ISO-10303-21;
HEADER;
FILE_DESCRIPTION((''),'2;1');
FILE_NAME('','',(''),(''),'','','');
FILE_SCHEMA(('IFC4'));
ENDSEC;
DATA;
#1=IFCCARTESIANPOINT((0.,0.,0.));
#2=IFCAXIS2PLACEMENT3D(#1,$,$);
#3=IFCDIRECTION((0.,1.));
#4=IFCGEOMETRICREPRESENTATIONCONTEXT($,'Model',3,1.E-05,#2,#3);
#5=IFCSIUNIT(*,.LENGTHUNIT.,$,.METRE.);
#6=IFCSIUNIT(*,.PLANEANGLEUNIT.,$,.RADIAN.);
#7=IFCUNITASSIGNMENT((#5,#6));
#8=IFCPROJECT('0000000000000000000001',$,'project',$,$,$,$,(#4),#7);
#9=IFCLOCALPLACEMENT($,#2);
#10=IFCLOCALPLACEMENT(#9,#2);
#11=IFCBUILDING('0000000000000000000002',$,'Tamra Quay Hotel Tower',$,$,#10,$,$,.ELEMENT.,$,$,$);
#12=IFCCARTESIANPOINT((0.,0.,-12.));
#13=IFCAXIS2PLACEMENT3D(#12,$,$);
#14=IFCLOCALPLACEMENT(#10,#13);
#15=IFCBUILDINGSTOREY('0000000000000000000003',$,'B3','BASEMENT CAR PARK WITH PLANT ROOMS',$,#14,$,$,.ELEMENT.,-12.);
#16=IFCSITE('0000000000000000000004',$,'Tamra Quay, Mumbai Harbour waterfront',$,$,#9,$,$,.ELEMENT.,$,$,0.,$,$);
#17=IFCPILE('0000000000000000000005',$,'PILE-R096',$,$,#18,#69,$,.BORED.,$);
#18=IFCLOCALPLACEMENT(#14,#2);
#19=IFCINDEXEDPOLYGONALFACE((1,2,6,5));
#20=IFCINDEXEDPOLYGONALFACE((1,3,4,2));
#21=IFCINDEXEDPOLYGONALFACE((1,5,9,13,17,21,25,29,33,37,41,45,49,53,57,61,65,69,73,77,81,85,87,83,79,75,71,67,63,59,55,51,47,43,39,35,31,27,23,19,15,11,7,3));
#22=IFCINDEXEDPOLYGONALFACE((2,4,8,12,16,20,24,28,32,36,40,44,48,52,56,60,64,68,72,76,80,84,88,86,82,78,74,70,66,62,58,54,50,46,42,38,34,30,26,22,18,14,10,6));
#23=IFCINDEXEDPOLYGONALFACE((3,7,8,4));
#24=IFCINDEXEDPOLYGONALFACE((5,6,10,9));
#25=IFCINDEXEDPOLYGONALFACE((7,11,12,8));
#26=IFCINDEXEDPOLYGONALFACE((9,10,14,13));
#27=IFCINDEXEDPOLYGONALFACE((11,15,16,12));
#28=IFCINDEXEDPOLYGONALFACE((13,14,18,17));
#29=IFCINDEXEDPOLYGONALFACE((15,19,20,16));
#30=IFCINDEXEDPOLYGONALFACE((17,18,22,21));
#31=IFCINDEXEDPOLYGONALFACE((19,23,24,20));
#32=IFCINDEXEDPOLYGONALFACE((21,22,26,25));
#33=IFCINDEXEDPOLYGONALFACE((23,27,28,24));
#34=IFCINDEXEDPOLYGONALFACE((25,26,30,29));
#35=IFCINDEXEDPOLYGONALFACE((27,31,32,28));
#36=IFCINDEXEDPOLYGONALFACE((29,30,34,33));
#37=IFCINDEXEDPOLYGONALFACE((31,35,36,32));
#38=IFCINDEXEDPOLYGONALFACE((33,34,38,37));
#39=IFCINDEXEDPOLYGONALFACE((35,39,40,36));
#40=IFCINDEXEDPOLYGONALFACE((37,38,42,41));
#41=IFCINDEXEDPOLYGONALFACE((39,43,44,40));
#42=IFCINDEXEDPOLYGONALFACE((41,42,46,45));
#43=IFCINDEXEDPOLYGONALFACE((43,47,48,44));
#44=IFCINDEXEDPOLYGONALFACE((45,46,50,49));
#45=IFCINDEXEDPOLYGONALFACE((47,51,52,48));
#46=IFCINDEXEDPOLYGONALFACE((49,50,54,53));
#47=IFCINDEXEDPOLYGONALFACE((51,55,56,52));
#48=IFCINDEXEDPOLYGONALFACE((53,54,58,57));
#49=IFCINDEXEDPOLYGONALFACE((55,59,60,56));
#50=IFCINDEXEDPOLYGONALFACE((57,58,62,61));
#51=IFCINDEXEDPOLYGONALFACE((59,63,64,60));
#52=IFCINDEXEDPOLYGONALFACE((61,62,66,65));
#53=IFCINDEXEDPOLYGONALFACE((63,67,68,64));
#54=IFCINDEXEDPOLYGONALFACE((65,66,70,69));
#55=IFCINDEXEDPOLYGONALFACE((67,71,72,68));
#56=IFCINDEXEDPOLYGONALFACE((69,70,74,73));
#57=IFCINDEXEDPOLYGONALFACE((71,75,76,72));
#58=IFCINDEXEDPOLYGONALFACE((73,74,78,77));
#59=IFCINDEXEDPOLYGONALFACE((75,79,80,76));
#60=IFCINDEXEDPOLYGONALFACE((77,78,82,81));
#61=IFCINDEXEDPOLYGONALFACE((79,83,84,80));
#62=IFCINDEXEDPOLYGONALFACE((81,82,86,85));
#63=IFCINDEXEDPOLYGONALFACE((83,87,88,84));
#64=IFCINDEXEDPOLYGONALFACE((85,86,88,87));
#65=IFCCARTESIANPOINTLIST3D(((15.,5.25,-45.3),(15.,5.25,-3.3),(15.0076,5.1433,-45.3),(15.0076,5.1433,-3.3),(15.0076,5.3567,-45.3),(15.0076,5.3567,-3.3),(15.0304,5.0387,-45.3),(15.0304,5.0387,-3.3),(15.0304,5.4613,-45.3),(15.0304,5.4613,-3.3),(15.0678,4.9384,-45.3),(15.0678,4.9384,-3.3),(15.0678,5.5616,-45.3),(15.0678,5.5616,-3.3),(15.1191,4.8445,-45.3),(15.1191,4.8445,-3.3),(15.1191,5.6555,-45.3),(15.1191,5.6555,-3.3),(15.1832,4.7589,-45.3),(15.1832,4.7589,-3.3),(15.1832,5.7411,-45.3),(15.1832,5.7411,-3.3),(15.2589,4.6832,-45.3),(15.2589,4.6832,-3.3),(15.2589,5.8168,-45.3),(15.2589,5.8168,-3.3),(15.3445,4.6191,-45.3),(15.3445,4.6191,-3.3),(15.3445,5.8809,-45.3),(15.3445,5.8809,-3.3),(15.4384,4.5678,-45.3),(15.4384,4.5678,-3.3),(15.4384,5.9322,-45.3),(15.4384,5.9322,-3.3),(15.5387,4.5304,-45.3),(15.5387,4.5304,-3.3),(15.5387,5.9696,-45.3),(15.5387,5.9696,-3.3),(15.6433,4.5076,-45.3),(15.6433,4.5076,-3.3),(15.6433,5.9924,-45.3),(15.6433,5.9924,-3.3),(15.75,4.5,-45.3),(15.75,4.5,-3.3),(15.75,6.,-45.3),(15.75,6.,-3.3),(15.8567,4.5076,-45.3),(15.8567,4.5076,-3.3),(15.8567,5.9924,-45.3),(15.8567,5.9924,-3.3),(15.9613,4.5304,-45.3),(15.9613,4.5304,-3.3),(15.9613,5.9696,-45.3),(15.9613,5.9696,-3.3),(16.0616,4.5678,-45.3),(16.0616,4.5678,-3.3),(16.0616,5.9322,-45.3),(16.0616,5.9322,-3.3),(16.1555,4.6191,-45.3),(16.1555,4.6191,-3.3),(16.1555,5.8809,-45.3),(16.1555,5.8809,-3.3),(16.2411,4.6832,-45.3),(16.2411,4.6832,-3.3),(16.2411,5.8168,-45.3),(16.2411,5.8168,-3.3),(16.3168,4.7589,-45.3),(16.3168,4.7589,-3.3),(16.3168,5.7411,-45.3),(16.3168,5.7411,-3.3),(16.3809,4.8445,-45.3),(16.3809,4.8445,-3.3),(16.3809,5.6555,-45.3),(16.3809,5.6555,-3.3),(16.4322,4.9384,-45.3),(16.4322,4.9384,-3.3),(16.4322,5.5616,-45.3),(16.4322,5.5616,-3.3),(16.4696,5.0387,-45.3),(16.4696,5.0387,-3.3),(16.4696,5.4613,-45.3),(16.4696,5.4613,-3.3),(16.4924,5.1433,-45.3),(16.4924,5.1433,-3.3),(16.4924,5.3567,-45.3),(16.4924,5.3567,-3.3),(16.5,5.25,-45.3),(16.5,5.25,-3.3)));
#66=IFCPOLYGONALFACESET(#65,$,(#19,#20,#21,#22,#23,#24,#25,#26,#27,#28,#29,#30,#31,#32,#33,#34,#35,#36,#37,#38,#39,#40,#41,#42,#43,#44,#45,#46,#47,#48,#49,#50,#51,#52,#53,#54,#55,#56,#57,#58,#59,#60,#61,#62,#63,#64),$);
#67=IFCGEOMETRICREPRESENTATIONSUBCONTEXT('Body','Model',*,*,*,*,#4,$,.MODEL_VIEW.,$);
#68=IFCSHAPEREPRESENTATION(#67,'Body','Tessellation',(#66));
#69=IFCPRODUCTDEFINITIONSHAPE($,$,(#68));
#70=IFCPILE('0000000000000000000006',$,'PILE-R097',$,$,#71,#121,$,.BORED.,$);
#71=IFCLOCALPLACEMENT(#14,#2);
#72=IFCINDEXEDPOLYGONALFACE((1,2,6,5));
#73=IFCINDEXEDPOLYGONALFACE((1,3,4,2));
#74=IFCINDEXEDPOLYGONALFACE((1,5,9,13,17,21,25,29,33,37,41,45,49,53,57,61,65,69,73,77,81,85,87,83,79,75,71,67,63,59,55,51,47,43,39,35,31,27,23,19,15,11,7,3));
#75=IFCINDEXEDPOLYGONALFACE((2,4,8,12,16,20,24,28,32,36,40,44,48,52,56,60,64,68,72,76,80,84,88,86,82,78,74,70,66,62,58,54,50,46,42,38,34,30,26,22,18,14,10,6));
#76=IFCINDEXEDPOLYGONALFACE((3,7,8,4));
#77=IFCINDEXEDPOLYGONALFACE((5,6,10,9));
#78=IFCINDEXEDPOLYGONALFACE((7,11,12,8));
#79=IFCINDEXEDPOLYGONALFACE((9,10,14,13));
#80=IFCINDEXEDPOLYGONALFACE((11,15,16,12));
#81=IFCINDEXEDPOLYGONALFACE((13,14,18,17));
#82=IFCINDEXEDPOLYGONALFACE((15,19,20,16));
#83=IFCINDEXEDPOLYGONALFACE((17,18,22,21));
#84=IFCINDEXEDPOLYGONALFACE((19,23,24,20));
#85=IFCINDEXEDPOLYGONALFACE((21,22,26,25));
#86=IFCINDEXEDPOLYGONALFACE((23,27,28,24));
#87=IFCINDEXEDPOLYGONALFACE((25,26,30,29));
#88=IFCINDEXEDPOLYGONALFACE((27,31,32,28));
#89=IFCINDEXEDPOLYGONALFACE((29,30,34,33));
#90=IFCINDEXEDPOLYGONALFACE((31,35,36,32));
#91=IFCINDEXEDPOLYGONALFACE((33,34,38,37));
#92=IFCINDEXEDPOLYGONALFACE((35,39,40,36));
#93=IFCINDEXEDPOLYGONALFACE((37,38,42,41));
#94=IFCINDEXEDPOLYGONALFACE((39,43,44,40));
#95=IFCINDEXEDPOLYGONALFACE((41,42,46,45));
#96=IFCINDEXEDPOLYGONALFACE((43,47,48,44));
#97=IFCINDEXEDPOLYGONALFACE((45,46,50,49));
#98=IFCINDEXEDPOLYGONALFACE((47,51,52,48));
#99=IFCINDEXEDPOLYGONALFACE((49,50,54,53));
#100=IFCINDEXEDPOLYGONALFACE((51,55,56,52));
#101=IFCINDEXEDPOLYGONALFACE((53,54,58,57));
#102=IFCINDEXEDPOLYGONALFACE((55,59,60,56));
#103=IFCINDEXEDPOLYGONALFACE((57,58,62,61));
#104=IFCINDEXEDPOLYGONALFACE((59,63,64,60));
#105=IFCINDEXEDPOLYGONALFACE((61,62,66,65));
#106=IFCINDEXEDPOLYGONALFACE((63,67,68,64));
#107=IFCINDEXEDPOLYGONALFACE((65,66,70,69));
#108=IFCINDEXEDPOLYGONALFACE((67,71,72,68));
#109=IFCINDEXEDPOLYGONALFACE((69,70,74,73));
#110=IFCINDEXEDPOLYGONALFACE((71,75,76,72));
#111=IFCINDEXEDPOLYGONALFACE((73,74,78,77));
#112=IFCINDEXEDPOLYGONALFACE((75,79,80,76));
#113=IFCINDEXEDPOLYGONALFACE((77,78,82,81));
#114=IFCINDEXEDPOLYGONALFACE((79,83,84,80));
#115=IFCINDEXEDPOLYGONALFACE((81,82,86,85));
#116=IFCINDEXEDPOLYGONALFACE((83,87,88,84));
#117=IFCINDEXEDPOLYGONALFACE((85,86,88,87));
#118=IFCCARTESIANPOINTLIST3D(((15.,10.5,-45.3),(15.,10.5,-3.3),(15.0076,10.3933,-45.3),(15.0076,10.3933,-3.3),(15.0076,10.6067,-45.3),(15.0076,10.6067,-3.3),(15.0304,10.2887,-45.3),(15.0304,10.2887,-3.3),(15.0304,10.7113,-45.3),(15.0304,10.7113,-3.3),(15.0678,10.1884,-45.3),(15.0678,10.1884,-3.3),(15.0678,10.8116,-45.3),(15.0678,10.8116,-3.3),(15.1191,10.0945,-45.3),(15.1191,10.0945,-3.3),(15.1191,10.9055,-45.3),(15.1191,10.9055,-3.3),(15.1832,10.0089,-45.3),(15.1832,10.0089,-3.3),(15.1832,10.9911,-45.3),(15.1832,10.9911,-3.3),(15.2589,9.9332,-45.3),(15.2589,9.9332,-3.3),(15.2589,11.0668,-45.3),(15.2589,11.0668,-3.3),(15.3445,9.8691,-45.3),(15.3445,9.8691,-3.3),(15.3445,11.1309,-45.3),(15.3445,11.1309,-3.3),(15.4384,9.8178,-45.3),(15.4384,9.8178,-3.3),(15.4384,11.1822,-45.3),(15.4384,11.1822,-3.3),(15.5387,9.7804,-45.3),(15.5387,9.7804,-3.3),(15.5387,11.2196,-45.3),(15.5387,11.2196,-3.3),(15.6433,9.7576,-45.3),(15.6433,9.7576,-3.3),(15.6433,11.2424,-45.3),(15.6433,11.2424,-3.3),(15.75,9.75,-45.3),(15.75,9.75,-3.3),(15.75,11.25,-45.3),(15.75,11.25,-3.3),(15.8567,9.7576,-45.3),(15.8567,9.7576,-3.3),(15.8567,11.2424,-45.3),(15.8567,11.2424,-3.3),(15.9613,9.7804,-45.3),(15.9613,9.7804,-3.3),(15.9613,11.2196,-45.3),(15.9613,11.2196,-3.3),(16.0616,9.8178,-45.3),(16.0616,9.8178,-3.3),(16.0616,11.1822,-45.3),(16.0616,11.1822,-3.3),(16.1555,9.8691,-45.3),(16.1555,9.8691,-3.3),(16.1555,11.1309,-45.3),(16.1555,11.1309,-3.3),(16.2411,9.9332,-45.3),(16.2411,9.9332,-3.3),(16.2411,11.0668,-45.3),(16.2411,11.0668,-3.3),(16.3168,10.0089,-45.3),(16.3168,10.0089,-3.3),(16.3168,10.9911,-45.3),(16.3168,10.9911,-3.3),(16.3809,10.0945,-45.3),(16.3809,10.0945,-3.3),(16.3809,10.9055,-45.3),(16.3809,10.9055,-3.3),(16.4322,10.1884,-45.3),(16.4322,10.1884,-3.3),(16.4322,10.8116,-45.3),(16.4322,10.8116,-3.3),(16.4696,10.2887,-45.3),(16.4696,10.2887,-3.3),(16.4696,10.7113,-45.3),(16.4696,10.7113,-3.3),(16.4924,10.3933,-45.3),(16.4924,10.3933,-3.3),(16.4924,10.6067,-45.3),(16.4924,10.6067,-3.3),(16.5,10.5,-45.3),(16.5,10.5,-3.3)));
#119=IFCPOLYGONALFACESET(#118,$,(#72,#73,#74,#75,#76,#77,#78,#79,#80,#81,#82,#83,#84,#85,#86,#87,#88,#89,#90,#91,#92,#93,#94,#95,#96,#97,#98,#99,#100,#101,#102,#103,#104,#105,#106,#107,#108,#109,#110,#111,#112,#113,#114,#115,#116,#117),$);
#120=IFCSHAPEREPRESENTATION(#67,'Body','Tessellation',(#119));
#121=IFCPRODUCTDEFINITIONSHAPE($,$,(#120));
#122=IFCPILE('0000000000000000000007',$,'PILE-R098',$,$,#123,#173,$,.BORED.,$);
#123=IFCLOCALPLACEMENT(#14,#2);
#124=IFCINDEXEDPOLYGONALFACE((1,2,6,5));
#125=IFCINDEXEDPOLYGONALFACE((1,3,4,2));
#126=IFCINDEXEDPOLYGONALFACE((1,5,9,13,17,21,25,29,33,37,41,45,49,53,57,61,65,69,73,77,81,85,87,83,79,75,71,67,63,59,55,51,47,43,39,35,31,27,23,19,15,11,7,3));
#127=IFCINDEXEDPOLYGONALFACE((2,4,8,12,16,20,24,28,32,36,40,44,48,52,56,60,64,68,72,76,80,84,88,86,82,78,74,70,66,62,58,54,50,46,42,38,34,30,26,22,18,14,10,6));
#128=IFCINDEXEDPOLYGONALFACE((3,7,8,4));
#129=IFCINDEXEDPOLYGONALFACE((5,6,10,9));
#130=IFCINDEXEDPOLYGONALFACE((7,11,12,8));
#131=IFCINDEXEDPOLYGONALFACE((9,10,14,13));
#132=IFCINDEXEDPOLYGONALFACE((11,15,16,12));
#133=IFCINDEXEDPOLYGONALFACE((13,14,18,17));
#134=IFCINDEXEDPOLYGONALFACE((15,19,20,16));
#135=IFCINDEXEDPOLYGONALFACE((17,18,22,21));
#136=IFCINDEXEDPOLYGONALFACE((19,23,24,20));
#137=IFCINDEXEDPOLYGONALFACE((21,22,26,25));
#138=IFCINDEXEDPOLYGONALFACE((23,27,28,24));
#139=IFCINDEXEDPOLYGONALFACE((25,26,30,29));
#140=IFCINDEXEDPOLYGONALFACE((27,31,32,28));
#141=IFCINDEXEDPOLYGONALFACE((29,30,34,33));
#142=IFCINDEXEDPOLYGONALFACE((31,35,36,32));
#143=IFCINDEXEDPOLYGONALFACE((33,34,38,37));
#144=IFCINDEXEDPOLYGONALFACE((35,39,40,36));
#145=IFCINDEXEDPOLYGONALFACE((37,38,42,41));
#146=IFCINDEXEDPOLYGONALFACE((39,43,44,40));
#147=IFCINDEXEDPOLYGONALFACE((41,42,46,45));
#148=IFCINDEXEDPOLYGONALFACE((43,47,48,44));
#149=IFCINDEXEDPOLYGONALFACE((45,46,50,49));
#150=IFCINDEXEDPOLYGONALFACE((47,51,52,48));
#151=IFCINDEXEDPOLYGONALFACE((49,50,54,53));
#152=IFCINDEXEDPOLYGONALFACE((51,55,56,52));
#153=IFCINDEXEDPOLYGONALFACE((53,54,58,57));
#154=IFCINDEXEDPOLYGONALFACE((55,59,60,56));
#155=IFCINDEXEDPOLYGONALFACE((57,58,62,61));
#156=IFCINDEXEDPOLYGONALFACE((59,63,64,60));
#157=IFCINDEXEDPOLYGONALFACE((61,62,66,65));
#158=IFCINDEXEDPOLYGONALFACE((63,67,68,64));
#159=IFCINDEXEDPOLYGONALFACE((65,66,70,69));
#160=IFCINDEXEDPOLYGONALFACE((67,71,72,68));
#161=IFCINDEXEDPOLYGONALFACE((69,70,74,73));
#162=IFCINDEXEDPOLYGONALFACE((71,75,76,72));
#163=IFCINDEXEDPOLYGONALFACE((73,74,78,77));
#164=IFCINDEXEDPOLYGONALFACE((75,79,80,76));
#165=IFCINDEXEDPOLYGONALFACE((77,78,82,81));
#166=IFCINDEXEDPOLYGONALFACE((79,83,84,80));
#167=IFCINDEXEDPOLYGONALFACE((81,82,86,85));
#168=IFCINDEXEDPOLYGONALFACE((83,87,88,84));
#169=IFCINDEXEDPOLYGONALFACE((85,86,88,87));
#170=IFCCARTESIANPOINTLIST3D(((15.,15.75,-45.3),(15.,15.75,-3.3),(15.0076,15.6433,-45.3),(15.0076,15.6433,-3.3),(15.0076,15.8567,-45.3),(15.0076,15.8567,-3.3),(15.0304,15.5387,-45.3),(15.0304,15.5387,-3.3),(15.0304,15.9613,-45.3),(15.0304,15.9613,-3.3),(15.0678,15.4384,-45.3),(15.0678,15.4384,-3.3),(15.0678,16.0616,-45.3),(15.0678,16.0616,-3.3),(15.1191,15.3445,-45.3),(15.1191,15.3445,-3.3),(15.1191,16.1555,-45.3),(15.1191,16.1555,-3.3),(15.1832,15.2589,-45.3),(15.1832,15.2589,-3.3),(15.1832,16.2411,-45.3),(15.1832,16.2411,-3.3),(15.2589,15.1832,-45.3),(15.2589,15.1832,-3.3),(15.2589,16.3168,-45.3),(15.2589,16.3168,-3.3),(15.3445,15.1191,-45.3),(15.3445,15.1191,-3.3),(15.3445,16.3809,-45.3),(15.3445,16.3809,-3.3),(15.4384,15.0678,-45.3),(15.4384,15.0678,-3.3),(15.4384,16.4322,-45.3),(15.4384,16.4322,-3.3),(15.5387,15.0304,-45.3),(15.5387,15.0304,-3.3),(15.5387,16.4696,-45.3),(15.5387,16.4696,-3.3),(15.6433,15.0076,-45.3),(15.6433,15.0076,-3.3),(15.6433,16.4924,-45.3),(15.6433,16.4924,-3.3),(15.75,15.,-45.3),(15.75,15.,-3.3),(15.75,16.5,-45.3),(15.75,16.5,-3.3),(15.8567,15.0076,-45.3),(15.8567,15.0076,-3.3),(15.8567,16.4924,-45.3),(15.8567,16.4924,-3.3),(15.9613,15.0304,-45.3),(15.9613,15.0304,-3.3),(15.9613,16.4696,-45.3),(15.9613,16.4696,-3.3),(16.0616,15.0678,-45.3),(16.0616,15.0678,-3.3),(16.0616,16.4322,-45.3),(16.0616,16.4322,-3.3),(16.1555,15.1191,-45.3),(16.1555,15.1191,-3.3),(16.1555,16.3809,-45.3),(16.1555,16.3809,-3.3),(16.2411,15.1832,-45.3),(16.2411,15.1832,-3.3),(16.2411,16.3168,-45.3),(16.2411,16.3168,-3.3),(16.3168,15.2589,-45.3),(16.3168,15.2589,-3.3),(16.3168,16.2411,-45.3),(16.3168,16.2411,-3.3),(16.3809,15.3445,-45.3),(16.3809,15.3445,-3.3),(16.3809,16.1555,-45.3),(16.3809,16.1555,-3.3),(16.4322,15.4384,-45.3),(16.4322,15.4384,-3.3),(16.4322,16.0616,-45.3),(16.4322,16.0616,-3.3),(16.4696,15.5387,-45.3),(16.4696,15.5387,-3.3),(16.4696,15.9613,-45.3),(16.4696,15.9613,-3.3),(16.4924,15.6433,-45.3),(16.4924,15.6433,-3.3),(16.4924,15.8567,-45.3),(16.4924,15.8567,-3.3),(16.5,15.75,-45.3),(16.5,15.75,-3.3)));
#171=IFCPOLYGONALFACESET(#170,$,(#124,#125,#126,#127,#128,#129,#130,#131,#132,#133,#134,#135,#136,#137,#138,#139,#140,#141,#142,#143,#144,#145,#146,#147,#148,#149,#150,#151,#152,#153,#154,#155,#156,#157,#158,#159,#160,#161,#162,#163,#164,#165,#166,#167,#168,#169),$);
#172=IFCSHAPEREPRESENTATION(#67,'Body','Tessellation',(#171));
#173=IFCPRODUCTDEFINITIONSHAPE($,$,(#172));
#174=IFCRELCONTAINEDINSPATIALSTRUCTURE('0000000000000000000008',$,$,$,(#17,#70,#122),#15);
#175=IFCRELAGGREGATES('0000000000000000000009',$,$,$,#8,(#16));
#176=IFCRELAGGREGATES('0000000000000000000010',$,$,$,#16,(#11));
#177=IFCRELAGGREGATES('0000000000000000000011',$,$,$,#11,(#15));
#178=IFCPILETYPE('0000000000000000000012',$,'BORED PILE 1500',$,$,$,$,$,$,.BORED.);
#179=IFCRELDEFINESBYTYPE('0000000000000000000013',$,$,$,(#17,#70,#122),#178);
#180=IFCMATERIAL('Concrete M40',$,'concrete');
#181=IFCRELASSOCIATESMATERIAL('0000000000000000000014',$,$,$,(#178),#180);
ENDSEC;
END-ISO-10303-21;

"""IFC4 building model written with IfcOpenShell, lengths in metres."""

from ifc_helpers import new_model, si_unit, direction, frame, origin, origin_2d, place, context, subcontext, project, spatial, circle, extrude, material, material_profile, profile_set, type_object, element, save


model = new_model("IFC4")

# Units and contexts
model_context = context("Model", 3, precision=1e-05, world=origin(), true_north=direction((0.0, 1.0)))
body_context = subcontext(model_context, "Body", "Model", "MODEL_VIEW")
ifc_project = project(units=[si_unit("LENGTHUNIT", "METRE"), si_unit("PLANEANGLEUNIT", "RADIAN")], contexts=[model_context])

# Site, building, storey
site_placement = place(None, origin())
site = spatial("IfcSite", under=ifc_project, at=site_placement, Name="Tamra Quay, Mumbai Harbour waterfront", CompositionType="ELEMENT", RefElevation=0.0)
building_placement = place(site_placement, origin())
building = spatial("IfcBuilding", under=site, at=building_placement, Name="Tamra Quay Hotel Tower", CompositionType="ELEMENT")
storey_placement = place(building_placement, frame((0.0, 0.0, -12.0)))
storey = spatial("IfcBuildingStorey", under=building, at=storey_placement, Name="B3", Description="BASEMENT CAR PARK WITH PLANT ROOMS", CompositionType="ELEMENT", Elevation=-12.0)

# Piles
ifc_material_1 = material(Name="Concrete M40", Category="concrete")
ifc_material_profile_1 = material_profile(ifc_material_1, circle(Radius=0.75, at=origin_2d()), Name="BORED PILE 1500")
ifc_profile_set_1 = profile_set([ifc_material_profile_1], Name="Concrete M40")
pile_type = type_object("IfcPileType", Name="BORED PILE 1500", PredefinedType="BORED", material=ifc_profile_set_1)
for number, where, z_axis, x_axis, name in (
    (1, (15.75, 5.25, -3.3), (0.0, 0.0, -1.0), (1.0, 0.0, 0.0), "PILE-R096"),
    (2, (15.75, 10.5, -3.3), (0.0, 0.0, -1.0), (1.0, 0.0, 0.0), "PILE-R097"),
    (3, (15.75, 15.75, -3.3), (0.0, 0.0, -1.0), (1.0, 0.0, 0.0), "PILE-R098"),
):
    element("IfcPile", number, at=place(storey_placement, frame(where, z_axis=z_axis, x_axis=x_axis)), inside=storey, type_object=pile_type, Name=name, PredefinedType="BORED", context=body_context, shape_type="SweptSolid", body=[
        extrude(circle(Radius=0.75, at=origin_2d()), origin(), (0.0, 0.0, 1.0), 42.0),
    ])

save(model, "model.ifc")
